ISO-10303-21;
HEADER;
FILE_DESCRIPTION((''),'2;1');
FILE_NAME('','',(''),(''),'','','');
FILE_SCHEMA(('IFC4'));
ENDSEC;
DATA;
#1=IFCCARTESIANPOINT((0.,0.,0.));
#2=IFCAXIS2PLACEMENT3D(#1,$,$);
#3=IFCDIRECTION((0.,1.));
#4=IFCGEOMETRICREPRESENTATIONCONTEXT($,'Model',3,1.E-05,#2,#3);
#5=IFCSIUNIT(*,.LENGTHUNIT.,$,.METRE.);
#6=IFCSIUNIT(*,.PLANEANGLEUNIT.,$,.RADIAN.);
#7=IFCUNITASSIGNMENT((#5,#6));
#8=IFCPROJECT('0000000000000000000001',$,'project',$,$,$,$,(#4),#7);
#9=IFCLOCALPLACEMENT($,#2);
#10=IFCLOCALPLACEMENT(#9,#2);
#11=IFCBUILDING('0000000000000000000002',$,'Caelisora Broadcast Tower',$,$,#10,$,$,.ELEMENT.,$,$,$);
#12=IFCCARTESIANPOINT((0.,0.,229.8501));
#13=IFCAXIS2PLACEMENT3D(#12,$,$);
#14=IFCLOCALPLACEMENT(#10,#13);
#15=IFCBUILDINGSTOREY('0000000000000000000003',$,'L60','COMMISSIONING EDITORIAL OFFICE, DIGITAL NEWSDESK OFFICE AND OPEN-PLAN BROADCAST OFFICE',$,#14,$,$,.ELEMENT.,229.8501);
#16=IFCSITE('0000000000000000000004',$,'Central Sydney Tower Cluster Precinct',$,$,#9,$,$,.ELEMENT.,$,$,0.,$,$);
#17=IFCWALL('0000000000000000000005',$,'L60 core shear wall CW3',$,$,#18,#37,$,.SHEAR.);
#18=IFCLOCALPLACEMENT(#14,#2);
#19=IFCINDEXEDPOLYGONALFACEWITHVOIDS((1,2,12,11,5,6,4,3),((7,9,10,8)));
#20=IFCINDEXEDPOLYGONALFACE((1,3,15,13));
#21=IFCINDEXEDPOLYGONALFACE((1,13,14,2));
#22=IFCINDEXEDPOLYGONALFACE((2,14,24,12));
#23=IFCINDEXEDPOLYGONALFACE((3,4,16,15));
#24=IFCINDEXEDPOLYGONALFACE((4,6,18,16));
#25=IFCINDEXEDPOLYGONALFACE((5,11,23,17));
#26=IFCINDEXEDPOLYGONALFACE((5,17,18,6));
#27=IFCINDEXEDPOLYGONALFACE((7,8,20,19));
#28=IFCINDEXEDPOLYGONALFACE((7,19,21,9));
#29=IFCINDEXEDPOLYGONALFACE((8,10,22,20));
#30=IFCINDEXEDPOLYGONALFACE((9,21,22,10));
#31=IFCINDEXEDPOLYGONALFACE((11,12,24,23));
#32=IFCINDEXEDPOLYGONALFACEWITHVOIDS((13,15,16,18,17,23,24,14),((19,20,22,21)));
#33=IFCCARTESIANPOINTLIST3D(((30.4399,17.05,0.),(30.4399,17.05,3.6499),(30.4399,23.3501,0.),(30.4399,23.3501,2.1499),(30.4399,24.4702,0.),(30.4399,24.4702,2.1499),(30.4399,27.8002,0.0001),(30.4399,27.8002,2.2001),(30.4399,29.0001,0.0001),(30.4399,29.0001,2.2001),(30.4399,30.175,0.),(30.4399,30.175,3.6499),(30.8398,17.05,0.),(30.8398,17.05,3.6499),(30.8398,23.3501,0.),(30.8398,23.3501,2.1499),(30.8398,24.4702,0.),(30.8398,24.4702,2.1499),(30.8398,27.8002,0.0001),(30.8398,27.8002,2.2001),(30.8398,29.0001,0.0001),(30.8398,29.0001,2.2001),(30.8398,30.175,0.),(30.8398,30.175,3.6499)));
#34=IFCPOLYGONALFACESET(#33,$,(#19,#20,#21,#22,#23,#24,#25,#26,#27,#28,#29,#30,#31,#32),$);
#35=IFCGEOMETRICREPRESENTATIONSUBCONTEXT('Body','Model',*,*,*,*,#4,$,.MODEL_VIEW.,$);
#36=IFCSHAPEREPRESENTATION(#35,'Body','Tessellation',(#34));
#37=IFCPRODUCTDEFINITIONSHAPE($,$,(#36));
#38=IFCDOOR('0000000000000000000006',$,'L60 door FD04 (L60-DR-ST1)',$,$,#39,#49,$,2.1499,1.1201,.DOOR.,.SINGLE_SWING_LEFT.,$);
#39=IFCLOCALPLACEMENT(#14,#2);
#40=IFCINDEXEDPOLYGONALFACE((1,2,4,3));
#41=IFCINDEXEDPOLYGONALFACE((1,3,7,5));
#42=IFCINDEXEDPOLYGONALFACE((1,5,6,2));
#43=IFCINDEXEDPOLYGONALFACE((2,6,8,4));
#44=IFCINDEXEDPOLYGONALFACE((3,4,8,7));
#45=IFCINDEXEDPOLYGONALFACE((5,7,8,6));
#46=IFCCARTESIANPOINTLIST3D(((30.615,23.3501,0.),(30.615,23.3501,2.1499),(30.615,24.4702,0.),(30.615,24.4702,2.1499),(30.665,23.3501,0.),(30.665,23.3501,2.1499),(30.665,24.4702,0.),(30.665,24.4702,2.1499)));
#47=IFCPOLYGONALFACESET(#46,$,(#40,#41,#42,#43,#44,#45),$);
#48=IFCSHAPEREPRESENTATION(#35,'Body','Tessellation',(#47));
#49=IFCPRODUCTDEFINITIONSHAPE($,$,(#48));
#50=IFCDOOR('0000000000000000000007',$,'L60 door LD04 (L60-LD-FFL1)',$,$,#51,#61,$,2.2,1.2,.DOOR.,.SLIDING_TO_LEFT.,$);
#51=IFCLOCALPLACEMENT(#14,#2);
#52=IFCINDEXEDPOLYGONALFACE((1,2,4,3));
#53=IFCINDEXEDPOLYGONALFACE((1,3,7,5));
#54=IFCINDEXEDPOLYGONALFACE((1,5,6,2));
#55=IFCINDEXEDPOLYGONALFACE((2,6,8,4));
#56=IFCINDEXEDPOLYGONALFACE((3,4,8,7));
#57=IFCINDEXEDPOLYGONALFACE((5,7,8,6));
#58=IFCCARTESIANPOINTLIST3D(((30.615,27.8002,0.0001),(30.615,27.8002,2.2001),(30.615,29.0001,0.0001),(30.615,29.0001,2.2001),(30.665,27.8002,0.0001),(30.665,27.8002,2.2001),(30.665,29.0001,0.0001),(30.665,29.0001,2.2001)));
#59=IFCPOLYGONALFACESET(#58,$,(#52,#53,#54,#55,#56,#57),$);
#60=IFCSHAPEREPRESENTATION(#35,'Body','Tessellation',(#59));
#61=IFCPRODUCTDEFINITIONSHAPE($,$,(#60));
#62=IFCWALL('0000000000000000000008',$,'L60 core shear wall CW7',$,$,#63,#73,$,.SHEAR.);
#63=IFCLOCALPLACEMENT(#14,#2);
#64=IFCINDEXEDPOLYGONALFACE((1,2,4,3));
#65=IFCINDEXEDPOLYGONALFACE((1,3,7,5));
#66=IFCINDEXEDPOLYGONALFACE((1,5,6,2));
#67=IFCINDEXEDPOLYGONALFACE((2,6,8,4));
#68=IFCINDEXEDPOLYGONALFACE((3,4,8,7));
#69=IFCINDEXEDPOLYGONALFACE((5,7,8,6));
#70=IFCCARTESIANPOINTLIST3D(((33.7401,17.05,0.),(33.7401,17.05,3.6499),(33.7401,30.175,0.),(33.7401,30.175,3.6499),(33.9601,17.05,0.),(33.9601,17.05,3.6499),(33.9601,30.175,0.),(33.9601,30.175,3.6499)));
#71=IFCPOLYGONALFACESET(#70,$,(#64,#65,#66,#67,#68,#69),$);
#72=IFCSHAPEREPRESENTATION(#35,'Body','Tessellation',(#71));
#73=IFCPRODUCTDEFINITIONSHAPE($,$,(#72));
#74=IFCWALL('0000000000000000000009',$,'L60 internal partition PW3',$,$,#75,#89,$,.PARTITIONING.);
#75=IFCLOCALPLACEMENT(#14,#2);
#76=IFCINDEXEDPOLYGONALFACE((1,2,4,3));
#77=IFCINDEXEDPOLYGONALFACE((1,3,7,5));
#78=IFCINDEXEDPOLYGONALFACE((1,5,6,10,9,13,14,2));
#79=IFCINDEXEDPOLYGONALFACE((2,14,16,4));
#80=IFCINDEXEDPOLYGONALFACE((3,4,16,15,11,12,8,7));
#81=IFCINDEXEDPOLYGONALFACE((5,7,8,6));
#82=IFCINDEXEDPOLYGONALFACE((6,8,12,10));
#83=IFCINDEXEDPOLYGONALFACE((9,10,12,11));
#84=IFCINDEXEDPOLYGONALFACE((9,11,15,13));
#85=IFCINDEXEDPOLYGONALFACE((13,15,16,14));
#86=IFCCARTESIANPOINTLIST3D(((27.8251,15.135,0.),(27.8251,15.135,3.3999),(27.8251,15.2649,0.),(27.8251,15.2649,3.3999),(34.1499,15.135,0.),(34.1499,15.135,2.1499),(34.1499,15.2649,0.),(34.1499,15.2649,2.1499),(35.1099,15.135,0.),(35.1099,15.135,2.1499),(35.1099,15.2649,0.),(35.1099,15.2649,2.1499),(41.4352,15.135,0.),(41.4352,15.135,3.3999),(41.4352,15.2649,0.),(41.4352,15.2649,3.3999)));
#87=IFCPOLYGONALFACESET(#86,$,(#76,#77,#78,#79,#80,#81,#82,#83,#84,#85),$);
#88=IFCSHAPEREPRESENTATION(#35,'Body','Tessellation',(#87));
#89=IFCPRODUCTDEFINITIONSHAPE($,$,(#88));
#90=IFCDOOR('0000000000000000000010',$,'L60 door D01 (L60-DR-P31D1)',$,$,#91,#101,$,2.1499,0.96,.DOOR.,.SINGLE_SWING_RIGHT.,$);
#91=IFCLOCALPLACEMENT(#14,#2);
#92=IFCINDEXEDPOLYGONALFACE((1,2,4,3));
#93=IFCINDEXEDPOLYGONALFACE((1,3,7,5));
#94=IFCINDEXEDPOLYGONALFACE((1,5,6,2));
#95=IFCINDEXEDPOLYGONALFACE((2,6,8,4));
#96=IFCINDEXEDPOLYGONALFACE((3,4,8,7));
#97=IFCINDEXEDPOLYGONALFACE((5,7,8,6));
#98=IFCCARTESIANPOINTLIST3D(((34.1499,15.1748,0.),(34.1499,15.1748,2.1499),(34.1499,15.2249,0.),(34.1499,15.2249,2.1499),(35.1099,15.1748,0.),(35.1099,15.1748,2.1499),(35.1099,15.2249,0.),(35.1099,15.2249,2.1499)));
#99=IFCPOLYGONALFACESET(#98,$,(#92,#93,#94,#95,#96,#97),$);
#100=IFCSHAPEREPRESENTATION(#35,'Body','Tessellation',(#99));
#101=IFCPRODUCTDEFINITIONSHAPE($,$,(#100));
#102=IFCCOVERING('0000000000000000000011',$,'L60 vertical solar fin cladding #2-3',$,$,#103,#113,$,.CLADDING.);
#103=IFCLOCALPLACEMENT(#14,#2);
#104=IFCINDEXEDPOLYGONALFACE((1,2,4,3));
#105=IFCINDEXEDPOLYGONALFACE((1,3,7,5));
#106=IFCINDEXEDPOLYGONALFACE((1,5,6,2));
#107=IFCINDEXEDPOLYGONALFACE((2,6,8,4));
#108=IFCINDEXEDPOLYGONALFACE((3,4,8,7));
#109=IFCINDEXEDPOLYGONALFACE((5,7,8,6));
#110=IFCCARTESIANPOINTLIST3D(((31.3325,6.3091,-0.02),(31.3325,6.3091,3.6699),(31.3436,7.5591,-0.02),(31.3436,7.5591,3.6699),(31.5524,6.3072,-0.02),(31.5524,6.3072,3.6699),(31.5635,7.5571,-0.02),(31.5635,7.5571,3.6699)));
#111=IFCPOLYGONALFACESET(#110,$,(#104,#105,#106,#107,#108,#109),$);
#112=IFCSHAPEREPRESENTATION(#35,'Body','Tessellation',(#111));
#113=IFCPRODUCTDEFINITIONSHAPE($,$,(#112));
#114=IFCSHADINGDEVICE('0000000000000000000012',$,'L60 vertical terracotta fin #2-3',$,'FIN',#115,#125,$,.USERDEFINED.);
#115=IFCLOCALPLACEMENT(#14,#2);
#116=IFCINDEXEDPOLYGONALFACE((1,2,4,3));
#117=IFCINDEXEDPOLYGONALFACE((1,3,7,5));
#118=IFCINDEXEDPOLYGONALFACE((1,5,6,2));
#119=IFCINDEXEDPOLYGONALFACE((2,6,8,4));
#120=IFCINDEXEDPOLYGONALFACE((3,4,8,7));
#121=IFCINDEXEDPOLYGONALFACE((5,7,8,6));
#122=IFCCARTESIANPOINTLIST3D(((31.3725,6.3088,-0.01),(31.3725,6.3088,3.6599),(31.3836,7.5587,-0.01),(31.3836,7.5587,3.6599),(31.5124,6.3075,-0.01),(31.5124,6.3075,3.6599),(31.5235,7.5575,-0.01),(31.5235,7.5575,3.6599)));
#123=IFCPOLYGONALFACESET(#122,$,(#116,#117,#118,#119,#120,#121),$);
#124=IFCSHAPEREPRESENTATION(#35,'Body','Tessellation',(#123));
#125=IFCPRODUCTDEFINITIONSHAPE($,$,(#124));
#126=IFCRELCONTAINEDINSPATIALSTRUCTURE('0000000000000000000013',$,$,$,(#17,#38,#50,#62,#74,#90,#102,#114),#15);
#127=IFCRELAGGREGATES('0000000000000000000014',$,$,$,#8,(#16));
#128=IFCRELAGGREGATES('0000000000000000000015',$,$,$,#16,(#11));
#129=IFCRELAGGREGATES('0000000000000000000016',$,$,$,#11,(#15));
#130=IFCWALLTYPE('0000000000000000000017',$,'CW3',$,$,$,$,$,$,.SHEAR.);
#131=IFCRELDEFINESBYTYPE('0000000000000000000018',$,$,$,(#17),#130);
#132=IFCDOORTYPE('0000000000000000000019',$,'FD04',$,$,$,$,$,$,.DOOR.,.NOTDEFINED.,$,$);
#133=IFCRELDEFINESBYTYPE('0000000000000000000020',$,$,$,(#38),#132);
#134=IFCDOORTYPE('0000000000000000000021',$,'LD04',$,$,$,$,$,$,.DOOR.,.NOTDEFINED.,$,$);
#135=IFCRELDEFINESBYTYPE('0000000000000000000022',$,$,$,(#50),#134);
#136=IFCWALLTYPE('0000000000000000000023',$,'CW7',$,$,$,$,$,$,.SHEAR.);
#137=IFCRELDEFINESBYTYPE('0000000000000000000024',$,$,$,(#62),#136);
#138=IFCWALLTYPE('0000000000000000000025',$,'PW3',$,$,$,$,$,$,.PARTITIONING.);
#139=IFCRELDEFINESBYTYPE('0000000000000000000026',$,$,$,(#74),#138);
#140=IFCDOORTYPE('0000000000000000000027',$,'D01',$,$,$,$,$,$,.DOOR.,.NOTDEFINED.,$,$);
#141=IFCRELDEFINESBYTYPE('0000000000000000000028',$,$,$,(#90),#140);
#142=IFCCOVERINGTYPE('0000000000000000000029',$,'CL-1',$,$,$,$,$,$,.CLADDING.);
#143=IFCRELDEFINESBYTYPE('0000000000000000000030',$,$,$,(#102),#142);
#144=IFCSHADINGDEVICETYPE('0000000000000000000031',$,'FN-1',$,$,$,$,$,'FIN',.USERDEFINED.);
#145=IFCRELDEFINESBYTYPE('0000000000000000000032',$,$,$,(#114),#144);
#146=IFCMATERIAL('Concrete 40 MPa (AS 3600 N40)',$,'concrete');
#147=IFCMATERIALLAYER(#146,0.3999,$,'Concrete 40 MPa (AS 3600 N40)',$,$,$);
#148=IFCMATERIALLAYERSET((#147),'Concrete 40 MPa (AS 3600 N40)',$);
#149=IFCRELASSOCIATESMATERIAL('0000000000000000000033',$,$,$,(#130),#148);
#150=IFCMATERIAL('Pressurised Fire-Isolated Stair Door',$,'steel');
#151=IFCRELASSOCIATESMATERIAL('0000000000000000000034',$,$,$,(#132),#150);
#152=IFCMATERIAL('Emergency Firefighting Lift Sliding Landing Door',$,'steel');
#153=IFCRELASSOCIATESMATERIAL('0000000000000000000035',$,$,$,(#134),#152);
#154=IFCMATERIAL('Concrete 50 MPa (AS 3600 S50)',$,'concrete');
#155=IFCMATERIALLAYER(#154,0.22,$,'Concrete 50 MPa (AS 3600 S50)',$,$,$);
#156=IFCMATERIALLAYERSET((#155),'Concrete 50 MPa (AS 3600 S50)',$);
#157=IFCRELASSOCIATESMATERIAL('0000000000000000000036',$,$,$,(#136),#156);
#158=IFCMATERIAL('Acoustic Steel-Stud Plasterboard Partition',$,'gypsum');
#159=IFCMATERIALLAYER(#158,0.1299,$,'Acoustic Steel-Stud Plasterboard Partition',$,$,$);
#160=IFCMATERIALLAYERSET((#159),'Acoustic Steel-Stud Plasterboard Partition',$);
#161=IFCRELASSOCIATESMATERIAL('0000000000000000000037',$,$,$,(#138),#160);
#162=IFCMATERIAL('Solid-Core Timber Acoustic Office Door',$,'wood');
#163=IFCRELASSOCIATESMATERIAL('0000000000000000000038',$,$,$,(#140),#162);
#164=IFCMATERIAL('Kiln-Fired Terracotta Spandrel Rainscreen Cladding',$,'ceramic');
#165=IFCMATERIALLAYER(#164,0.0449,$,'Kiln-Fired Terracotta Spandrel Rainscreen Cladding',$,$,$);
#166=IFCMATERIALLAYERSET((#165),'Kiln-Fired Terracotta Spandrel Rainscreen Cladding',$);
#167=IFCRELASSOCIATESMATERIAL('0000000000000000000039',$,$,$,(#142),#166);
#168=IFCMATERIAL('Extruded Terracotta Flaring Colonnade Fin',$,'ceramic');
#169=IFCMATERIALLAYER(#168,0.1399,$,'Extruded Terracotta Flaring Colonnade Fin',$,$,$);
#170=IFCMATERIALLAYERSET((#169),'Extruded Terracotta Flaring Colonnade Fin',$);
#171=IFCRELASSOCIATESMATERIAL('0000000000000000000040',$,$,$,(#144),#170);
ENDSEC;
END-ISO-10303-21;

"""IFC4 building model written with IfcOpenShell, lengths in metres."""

from ifc_helpers import new_model, si_unit, direction, frame, frame_2d, origin, origin_2d, place, context, subcontext, project, spatial, rectangle, extrude, source, transform, mapped, material, layer, layer_set, type_object, type_shapes, element, fill, save


model = new_model("IFC4")

# Units and contexts
model_context = context("Model", 3, precision=1e-05, world=origin(), true_north=direction((0.0, 1.0)))
body_context = subcontext(model_context, "Body", "Model", "MODEL_VIEW")
ifc_project = project(units=[si_unit("LENGTHUNIT", "METRE"), si_unit("PLANEANGLEUNIT", "RADIAN")], contexts=[model_context])

# Site, building, storey
site_placement = place(None, origin())
site = spatial("IfcSite", under=ifc_project, at=site_placement, Name="Central Sydney Tower Cluster Precinct", CompositionType="ELEMENT", RefElevation=0.0)
building_placement = place(site_placement, origin())
building = spatial("IfcBuilding", under=site, at=building_placement, Name="Caelisora Broadcast Tower", CompositionType="ELEMENT")
storey_placement = place(building_placement, frame((0.0, 0.0, 229.8501)))
storey = spatial("IfcBuildingStorey", under=building, at=storey_placement, Name="L60", Description="COMMISSIONING EDITORIAL OFFICE, DIGITAL NEWSDESK OFFICE AND OPEN-PLAN BROADCAST OFFICE", CompositionType="ELEMENT", Elevation=229.8501)

# Wall, openings, doors
ifc_material_1 = material(Name="Concrete 40 MPa (AS 3600 N40)", Category="concrete")
ifc_layer_1 = layer(ifc_material_1, 0.3999, Name="Concrete 40 MPa (AS 3600 N40)")
ifc_layer_set_1 = layer_set([ifc_layer_1], Name="Concrete 40 MPa (AS 3600 N40)")
wall_type_1 = type_object("IfcWallType", Name="CW3", PredefinedType="SHEAR", material=ifc_layer_set_1)
wall_1_placement = place(storey_placement, frame((30.6399, 17.05, 0.0), z_axis=(0.0, 0.0, 1.0), x_axis=(0.0, 1.0, 0.0)))
wall_1 = element("IfcWall", 1, at=wall_1_placement, inside=storey, type_object=wall_type_1, Name="L60 core shear wall CW3", PredefinedType="SHEAR", context=body_context, shape_type="SweptSolid", body=[
    extrude(rectangle(XDim=13.125, YDim=0.3999, at=frame_2d((6.5625, 0.0))), origin(), (0.0, 0.0, 1.0), 3.6499),
])
opening_1_placement = place(wall_1_placement, frame((6.3, 0.0, 0.0)))
opening_1 = element("IfcOpeningElement", 2, at=opening_1_placement, cuts=wall_1, PredefinedType="OPENING", context=body_context, shape_type="SweptSolid", body=[
    extrude(rectangle(XDim=1.1201, YDim=2.1499, at=frame_2d((0.5601, 1.075))), frame((0.0, 0.2119, 0.0), z_axis=(0.0, -1.0, 0.0), x_axis=(1.0, 0.0, 0.0)), (0.0, 0.0, 1.0), 0.4238),
])
opening_2_placement = place(wall_1_placement, frame((10.75, 0.0, 0.0)))
opening_2 = element("IfcOpeningElement", 3, at=opening_2_placement, cuts=wall_1, PredefinedType="OPENING", context=body_context, shape_type="SweptSolid", body=[
    extrude(rectangle(XDim=1.2, YDim=2.2, at=frame_2d((0.6001, 1.1001))), frame((0.0, 0.2119, 0.0), z_axis=(0.0, -1.0, 0.0), x_axis=(1.0, 0.0, 0.0)), (0.0, 0.0, 1.0), 0.4238),
])
ifc_material_2 = material(Name="Pressurised Fire-Isolated Stair Door", Category="steel")
door_type_1 = type_object("IfcDoorType", Name="FD04", OperationType="NOTDEFINED", PredefinedType="DOOR", material=ifc_material_2)
door_1_placement = place(opening_1_placement, origin())
door_1 = element("IfcDoor", 4, at=door_1_placement, inside=storey, type_object=door_type_1, Name="L60 door FD04 (L60-DR-ST1)", OperationType="SINGLE_SWING_LEFT", OverallHeight=2.1499, OverallWidth=1.1201, PredefinedType="DOOR", context=body_context, shape_type="SweptSolid", body=[
    extrude(rectangle(XDim=1.1201, YDim=2.1499, at=frame_2d((0.5601, 1.075))), frame((0.0, 0.0249, 0.0), z_axis=(0.0, -1.0, 0.0), x_axis=(1.0, 0.0, 0.0)), (0.0, 0.0, 1.0), 0.05),
])
fill(opening_1, door_1)
ifc_material_3 = material(Name="Emergency Firefighting Lift Sliding Landing Door", Category="steel")
door_type_2 = type_object("IfcDoorType", Name="LD04", OperationType="NOTDEFINED", PredefinedType="DOOR", material=ifc_material_3)
door_2_placement = place(opening_2_placement, origin())
door_2 = element("IfcDoor", 5, at=door_2_placement, inside=storey, type_object=door_type_2, Name="L60 door LD04 (L60-LD-FFL1)", OperationType="SLIDING_TO_LEFT", OverallHeight=2.2, OverallWidth=1.2, PredefinedType="DOOR", context=body_context, shape_type="SweptSolid", body=[
    extrude(rectangle(XDim=1.2, YDim=2.2, at=frame_2d((0.6001, 1.1001))), frame((0.0, 0.0249, 0.0), z_axis=(0.0, -1.0, 0.0), x_axis=(1.0, 0.0, 0.0)), (0.0, 0.0, 1.0), 0.05),
])
fill(opening_2, door_2)

# Wall
ifc_material_4 = material(Name="Concrete 50 MPa (AS 3600 S50)", Category="concrete")
ifc_layer_2 = layer(ifc_material_4, 0.22, Name="Concrete 50 MPa (AS 3600 S50)")
ifc_layer_set_2 = layer_set([ifc_layer_2], Name="Concrete 50 MPa (AS 3600 S50)")
wall_type_2 = type_object("IfcWallType", Name="CW7", PredefinedType="SHEAR", material=ifc_layer_set_2)
wall_2_placement = place(storey_placement, frame((33.8501, 17.05, 0.0), z_axis=(0.0, 0.0, 1.0), x_axis=(0.0, 1.0, 0.0)))
element("IfcWall", 6, at=wall_2_placement, inside=storey, type_object=wall_type_2, Name="L60 core shear wall CW7", PredefinedType="SHEAR", context=body_context, shape_type="SweptSolid", body=[
    extrude(rectangle(XDim=13.125, YDim=0.22, at=frame_2d((6.5625, 0.0))), origin(), (0.0, 0.0, 1.0), 3.6499),
])

# Wall, opening, door
ifc_material_5 = material(Name="Acoustic Steel-Stud Plasterboard Partition", Category="gypsum")
ifc_layer_3 = layer(ifc_material_5, 0.1299, Name="Acoustic Steel-Stud Plasterboard Partition")
ifc_layer_set_3 = layer_set([ifc_layer_3], Name="Acoustic Steel-Stud Plasterboard Partition")
wall_type_3 = type_object("IfcWallType", Name="PW3", PredefinedType="PARTITIONING", material=ifc_layer_set_3)
wall_3_placement = place(storey_placement, frame((27.825, 15.2, 0.0), z_axis=(0.0, 0.0, 1.0), x_axis=(1.0, 0.0, 0.0)))
wall_3 = element("IfcWall", 7, at=wall_3_placement, inside=storey, type_object=wall_type_3, Name="L60 internal partition PW3", PredefinedType="PARTITIONING", context=body_context, shape_type="SweptSolid", body=[
    extrude(rectangle(XDim=13.6101, YDim=0.1299, at=frame_2d((6.8052, 0.0))), origin(), (0.0, 0.0, 1.0), 3.3999),
])
opening_3_placement = place(wall_3_placement, frame((6.325, 0.0, 0.0)))
opening_3 = element("IfcOpeningElement", 8, at=opening_3_placement, cuts=wall_3, PredefinedType="OPENING", context=body_context, shape_type="SweptSolid", body=[
    extrude(rectangle(XDim=0.96, YDim=2.1499, at=frame_2d((0.48, 1.075))), frame((0.0, 0.0769, 0.0), z_axis=(0.0, -1.0, 0.0), x_axis=(1.0, 0.0, 0.0)), (0.0, 0.0, 1.0), 0.1538),
])
ifc_material_6 = material(Name="Solid-Core Timber Acoustic Office Door", Category="wood")
door_type_3 = type_object("IfcDoorType", Name="D01", OperationType="NOTDEFINED", PredefinedType="DOOR", material=ifc_material_6)
door_3_placement = place(opening_3_placement, origin())
door_3 = element("IfcDoor", 9, at=door_3_placement, inside=storey, type_object=door_type_3, Name="L60 door D01 (L60-DR-P31D1)", OperationType="SINGLE_SWING_RIGHT", OverallHeight=2.1499, OverallWidth=0.96, PredefinedType="DOOR", context=body_context, shape_type="SweptSolid", body=[
    extrude(rectangle(XDim=0.96, YDim=2.1499, at=frame_2d((0.48, 1.075))), frame((0.0, 0.0249, 0.0), z_axis=(0.0, -1.0, 0.0), x_axis=(1.0, 0.0, 0.0)), (0.0, 0.0, 1.0), 0.05),
])
fill(opening_3, door_3)

# Covering
ifc_material_7 = material(Name="Kiln-Fired Terracotta Spandrel Rainscreen Cladding", Category="ceramic")
ifc_layer_4 = layer(ifc_material_7, 0.0449, Name="Kiln-Fired Terracotta Spandrel Rainscreen Cladding")
ifc_layer_set_4 = layer_set([ifc_layer_4], Name="Kiln-Fired Terracotta Spandrel Rainscreen Cladding")
covering_type = type_object("IfcCoveringType", Name="CL-1", PredefinedType="CLADDING", material=ifc_layer_set_4)
shared_shape_1 = source(origin(), body_context, "Body", "SweptSolid", [
    extrude(rectangle(XDim=0.22, YDim=1.25, at=origin_2d()), origin(), (0.0, 0.0, 1.0), 3.6899),
])
type_shapes(covering_type, [shared_shape_1])
covering_placement = place(storey_placement, frame((31.448, 6.9331, -0.02), z_axis=(0.0, 0.0, 1.0), x_axis=(-0.99996, 0.008901, 0.0)))
element("IfcCovering", 10, at=covering_placement, inside=storey, type_object=covering_type, Name="L60 vertical solar fin cladding #2-3", PredefinedType="CLADDING", context=body_context, shape_type="MappedRepresentation", body=[
    mapped(shared_shape_1, transform((0.0, 0.0, 0.0), scale=1.0)),
])

# Shading device
ifc_material_8 = material(Name="Extruded Terracotta Flaring Colonnade Fin", Category="ceramic")
ifc_layer_5 = layer(ifc_material_8, 0.1399, Name="Extruded Terracotta Flaring Colonnade Fin")
ifc_layer_set_5 = layer_set([ifc_layer_5], Name="Extruded Terracotta Flaring Colonnade Fin")
shading_device_type = type_object("IfcShadingDeviceType", Name="FN-1", ElementType="FIN", PredefinedType="USERDEFINED", material=ifc_layer_set_5)
shared_shape_2 = source(origin(), body_context, "Body", "SweptSolid", [
    extrude(rectangle(XDim=0.1399, YDim=1.25, at=origin_2d()), origin(), (0.0, 0.0, 1.0), 3.6699),
])
type_shapes(shading_device_type, [shared_shape_2])
shading_device_placement = place(storey_placement, frame((31.448, 6.9331, -0.01), z_axis=(0.0, 0.0, 1.0), x_axis=(-0.99996, 0.008901, 0.0)))
element("IfcShadingDevice", 11, at=shading_device_placement, inside=storey, type_object=shading_device_type, Name="L60 vertical terracotta fin #2-3", ObjectType="FIN", PredefinedType="USERDEFINED", context=body_context, shape_type="MappedRepresentation", body=[
    mapped(shared_shape_2, transform((0.0, 0.0, 0.0), scale=1.0)),
])

save(model, "model.ifc")
